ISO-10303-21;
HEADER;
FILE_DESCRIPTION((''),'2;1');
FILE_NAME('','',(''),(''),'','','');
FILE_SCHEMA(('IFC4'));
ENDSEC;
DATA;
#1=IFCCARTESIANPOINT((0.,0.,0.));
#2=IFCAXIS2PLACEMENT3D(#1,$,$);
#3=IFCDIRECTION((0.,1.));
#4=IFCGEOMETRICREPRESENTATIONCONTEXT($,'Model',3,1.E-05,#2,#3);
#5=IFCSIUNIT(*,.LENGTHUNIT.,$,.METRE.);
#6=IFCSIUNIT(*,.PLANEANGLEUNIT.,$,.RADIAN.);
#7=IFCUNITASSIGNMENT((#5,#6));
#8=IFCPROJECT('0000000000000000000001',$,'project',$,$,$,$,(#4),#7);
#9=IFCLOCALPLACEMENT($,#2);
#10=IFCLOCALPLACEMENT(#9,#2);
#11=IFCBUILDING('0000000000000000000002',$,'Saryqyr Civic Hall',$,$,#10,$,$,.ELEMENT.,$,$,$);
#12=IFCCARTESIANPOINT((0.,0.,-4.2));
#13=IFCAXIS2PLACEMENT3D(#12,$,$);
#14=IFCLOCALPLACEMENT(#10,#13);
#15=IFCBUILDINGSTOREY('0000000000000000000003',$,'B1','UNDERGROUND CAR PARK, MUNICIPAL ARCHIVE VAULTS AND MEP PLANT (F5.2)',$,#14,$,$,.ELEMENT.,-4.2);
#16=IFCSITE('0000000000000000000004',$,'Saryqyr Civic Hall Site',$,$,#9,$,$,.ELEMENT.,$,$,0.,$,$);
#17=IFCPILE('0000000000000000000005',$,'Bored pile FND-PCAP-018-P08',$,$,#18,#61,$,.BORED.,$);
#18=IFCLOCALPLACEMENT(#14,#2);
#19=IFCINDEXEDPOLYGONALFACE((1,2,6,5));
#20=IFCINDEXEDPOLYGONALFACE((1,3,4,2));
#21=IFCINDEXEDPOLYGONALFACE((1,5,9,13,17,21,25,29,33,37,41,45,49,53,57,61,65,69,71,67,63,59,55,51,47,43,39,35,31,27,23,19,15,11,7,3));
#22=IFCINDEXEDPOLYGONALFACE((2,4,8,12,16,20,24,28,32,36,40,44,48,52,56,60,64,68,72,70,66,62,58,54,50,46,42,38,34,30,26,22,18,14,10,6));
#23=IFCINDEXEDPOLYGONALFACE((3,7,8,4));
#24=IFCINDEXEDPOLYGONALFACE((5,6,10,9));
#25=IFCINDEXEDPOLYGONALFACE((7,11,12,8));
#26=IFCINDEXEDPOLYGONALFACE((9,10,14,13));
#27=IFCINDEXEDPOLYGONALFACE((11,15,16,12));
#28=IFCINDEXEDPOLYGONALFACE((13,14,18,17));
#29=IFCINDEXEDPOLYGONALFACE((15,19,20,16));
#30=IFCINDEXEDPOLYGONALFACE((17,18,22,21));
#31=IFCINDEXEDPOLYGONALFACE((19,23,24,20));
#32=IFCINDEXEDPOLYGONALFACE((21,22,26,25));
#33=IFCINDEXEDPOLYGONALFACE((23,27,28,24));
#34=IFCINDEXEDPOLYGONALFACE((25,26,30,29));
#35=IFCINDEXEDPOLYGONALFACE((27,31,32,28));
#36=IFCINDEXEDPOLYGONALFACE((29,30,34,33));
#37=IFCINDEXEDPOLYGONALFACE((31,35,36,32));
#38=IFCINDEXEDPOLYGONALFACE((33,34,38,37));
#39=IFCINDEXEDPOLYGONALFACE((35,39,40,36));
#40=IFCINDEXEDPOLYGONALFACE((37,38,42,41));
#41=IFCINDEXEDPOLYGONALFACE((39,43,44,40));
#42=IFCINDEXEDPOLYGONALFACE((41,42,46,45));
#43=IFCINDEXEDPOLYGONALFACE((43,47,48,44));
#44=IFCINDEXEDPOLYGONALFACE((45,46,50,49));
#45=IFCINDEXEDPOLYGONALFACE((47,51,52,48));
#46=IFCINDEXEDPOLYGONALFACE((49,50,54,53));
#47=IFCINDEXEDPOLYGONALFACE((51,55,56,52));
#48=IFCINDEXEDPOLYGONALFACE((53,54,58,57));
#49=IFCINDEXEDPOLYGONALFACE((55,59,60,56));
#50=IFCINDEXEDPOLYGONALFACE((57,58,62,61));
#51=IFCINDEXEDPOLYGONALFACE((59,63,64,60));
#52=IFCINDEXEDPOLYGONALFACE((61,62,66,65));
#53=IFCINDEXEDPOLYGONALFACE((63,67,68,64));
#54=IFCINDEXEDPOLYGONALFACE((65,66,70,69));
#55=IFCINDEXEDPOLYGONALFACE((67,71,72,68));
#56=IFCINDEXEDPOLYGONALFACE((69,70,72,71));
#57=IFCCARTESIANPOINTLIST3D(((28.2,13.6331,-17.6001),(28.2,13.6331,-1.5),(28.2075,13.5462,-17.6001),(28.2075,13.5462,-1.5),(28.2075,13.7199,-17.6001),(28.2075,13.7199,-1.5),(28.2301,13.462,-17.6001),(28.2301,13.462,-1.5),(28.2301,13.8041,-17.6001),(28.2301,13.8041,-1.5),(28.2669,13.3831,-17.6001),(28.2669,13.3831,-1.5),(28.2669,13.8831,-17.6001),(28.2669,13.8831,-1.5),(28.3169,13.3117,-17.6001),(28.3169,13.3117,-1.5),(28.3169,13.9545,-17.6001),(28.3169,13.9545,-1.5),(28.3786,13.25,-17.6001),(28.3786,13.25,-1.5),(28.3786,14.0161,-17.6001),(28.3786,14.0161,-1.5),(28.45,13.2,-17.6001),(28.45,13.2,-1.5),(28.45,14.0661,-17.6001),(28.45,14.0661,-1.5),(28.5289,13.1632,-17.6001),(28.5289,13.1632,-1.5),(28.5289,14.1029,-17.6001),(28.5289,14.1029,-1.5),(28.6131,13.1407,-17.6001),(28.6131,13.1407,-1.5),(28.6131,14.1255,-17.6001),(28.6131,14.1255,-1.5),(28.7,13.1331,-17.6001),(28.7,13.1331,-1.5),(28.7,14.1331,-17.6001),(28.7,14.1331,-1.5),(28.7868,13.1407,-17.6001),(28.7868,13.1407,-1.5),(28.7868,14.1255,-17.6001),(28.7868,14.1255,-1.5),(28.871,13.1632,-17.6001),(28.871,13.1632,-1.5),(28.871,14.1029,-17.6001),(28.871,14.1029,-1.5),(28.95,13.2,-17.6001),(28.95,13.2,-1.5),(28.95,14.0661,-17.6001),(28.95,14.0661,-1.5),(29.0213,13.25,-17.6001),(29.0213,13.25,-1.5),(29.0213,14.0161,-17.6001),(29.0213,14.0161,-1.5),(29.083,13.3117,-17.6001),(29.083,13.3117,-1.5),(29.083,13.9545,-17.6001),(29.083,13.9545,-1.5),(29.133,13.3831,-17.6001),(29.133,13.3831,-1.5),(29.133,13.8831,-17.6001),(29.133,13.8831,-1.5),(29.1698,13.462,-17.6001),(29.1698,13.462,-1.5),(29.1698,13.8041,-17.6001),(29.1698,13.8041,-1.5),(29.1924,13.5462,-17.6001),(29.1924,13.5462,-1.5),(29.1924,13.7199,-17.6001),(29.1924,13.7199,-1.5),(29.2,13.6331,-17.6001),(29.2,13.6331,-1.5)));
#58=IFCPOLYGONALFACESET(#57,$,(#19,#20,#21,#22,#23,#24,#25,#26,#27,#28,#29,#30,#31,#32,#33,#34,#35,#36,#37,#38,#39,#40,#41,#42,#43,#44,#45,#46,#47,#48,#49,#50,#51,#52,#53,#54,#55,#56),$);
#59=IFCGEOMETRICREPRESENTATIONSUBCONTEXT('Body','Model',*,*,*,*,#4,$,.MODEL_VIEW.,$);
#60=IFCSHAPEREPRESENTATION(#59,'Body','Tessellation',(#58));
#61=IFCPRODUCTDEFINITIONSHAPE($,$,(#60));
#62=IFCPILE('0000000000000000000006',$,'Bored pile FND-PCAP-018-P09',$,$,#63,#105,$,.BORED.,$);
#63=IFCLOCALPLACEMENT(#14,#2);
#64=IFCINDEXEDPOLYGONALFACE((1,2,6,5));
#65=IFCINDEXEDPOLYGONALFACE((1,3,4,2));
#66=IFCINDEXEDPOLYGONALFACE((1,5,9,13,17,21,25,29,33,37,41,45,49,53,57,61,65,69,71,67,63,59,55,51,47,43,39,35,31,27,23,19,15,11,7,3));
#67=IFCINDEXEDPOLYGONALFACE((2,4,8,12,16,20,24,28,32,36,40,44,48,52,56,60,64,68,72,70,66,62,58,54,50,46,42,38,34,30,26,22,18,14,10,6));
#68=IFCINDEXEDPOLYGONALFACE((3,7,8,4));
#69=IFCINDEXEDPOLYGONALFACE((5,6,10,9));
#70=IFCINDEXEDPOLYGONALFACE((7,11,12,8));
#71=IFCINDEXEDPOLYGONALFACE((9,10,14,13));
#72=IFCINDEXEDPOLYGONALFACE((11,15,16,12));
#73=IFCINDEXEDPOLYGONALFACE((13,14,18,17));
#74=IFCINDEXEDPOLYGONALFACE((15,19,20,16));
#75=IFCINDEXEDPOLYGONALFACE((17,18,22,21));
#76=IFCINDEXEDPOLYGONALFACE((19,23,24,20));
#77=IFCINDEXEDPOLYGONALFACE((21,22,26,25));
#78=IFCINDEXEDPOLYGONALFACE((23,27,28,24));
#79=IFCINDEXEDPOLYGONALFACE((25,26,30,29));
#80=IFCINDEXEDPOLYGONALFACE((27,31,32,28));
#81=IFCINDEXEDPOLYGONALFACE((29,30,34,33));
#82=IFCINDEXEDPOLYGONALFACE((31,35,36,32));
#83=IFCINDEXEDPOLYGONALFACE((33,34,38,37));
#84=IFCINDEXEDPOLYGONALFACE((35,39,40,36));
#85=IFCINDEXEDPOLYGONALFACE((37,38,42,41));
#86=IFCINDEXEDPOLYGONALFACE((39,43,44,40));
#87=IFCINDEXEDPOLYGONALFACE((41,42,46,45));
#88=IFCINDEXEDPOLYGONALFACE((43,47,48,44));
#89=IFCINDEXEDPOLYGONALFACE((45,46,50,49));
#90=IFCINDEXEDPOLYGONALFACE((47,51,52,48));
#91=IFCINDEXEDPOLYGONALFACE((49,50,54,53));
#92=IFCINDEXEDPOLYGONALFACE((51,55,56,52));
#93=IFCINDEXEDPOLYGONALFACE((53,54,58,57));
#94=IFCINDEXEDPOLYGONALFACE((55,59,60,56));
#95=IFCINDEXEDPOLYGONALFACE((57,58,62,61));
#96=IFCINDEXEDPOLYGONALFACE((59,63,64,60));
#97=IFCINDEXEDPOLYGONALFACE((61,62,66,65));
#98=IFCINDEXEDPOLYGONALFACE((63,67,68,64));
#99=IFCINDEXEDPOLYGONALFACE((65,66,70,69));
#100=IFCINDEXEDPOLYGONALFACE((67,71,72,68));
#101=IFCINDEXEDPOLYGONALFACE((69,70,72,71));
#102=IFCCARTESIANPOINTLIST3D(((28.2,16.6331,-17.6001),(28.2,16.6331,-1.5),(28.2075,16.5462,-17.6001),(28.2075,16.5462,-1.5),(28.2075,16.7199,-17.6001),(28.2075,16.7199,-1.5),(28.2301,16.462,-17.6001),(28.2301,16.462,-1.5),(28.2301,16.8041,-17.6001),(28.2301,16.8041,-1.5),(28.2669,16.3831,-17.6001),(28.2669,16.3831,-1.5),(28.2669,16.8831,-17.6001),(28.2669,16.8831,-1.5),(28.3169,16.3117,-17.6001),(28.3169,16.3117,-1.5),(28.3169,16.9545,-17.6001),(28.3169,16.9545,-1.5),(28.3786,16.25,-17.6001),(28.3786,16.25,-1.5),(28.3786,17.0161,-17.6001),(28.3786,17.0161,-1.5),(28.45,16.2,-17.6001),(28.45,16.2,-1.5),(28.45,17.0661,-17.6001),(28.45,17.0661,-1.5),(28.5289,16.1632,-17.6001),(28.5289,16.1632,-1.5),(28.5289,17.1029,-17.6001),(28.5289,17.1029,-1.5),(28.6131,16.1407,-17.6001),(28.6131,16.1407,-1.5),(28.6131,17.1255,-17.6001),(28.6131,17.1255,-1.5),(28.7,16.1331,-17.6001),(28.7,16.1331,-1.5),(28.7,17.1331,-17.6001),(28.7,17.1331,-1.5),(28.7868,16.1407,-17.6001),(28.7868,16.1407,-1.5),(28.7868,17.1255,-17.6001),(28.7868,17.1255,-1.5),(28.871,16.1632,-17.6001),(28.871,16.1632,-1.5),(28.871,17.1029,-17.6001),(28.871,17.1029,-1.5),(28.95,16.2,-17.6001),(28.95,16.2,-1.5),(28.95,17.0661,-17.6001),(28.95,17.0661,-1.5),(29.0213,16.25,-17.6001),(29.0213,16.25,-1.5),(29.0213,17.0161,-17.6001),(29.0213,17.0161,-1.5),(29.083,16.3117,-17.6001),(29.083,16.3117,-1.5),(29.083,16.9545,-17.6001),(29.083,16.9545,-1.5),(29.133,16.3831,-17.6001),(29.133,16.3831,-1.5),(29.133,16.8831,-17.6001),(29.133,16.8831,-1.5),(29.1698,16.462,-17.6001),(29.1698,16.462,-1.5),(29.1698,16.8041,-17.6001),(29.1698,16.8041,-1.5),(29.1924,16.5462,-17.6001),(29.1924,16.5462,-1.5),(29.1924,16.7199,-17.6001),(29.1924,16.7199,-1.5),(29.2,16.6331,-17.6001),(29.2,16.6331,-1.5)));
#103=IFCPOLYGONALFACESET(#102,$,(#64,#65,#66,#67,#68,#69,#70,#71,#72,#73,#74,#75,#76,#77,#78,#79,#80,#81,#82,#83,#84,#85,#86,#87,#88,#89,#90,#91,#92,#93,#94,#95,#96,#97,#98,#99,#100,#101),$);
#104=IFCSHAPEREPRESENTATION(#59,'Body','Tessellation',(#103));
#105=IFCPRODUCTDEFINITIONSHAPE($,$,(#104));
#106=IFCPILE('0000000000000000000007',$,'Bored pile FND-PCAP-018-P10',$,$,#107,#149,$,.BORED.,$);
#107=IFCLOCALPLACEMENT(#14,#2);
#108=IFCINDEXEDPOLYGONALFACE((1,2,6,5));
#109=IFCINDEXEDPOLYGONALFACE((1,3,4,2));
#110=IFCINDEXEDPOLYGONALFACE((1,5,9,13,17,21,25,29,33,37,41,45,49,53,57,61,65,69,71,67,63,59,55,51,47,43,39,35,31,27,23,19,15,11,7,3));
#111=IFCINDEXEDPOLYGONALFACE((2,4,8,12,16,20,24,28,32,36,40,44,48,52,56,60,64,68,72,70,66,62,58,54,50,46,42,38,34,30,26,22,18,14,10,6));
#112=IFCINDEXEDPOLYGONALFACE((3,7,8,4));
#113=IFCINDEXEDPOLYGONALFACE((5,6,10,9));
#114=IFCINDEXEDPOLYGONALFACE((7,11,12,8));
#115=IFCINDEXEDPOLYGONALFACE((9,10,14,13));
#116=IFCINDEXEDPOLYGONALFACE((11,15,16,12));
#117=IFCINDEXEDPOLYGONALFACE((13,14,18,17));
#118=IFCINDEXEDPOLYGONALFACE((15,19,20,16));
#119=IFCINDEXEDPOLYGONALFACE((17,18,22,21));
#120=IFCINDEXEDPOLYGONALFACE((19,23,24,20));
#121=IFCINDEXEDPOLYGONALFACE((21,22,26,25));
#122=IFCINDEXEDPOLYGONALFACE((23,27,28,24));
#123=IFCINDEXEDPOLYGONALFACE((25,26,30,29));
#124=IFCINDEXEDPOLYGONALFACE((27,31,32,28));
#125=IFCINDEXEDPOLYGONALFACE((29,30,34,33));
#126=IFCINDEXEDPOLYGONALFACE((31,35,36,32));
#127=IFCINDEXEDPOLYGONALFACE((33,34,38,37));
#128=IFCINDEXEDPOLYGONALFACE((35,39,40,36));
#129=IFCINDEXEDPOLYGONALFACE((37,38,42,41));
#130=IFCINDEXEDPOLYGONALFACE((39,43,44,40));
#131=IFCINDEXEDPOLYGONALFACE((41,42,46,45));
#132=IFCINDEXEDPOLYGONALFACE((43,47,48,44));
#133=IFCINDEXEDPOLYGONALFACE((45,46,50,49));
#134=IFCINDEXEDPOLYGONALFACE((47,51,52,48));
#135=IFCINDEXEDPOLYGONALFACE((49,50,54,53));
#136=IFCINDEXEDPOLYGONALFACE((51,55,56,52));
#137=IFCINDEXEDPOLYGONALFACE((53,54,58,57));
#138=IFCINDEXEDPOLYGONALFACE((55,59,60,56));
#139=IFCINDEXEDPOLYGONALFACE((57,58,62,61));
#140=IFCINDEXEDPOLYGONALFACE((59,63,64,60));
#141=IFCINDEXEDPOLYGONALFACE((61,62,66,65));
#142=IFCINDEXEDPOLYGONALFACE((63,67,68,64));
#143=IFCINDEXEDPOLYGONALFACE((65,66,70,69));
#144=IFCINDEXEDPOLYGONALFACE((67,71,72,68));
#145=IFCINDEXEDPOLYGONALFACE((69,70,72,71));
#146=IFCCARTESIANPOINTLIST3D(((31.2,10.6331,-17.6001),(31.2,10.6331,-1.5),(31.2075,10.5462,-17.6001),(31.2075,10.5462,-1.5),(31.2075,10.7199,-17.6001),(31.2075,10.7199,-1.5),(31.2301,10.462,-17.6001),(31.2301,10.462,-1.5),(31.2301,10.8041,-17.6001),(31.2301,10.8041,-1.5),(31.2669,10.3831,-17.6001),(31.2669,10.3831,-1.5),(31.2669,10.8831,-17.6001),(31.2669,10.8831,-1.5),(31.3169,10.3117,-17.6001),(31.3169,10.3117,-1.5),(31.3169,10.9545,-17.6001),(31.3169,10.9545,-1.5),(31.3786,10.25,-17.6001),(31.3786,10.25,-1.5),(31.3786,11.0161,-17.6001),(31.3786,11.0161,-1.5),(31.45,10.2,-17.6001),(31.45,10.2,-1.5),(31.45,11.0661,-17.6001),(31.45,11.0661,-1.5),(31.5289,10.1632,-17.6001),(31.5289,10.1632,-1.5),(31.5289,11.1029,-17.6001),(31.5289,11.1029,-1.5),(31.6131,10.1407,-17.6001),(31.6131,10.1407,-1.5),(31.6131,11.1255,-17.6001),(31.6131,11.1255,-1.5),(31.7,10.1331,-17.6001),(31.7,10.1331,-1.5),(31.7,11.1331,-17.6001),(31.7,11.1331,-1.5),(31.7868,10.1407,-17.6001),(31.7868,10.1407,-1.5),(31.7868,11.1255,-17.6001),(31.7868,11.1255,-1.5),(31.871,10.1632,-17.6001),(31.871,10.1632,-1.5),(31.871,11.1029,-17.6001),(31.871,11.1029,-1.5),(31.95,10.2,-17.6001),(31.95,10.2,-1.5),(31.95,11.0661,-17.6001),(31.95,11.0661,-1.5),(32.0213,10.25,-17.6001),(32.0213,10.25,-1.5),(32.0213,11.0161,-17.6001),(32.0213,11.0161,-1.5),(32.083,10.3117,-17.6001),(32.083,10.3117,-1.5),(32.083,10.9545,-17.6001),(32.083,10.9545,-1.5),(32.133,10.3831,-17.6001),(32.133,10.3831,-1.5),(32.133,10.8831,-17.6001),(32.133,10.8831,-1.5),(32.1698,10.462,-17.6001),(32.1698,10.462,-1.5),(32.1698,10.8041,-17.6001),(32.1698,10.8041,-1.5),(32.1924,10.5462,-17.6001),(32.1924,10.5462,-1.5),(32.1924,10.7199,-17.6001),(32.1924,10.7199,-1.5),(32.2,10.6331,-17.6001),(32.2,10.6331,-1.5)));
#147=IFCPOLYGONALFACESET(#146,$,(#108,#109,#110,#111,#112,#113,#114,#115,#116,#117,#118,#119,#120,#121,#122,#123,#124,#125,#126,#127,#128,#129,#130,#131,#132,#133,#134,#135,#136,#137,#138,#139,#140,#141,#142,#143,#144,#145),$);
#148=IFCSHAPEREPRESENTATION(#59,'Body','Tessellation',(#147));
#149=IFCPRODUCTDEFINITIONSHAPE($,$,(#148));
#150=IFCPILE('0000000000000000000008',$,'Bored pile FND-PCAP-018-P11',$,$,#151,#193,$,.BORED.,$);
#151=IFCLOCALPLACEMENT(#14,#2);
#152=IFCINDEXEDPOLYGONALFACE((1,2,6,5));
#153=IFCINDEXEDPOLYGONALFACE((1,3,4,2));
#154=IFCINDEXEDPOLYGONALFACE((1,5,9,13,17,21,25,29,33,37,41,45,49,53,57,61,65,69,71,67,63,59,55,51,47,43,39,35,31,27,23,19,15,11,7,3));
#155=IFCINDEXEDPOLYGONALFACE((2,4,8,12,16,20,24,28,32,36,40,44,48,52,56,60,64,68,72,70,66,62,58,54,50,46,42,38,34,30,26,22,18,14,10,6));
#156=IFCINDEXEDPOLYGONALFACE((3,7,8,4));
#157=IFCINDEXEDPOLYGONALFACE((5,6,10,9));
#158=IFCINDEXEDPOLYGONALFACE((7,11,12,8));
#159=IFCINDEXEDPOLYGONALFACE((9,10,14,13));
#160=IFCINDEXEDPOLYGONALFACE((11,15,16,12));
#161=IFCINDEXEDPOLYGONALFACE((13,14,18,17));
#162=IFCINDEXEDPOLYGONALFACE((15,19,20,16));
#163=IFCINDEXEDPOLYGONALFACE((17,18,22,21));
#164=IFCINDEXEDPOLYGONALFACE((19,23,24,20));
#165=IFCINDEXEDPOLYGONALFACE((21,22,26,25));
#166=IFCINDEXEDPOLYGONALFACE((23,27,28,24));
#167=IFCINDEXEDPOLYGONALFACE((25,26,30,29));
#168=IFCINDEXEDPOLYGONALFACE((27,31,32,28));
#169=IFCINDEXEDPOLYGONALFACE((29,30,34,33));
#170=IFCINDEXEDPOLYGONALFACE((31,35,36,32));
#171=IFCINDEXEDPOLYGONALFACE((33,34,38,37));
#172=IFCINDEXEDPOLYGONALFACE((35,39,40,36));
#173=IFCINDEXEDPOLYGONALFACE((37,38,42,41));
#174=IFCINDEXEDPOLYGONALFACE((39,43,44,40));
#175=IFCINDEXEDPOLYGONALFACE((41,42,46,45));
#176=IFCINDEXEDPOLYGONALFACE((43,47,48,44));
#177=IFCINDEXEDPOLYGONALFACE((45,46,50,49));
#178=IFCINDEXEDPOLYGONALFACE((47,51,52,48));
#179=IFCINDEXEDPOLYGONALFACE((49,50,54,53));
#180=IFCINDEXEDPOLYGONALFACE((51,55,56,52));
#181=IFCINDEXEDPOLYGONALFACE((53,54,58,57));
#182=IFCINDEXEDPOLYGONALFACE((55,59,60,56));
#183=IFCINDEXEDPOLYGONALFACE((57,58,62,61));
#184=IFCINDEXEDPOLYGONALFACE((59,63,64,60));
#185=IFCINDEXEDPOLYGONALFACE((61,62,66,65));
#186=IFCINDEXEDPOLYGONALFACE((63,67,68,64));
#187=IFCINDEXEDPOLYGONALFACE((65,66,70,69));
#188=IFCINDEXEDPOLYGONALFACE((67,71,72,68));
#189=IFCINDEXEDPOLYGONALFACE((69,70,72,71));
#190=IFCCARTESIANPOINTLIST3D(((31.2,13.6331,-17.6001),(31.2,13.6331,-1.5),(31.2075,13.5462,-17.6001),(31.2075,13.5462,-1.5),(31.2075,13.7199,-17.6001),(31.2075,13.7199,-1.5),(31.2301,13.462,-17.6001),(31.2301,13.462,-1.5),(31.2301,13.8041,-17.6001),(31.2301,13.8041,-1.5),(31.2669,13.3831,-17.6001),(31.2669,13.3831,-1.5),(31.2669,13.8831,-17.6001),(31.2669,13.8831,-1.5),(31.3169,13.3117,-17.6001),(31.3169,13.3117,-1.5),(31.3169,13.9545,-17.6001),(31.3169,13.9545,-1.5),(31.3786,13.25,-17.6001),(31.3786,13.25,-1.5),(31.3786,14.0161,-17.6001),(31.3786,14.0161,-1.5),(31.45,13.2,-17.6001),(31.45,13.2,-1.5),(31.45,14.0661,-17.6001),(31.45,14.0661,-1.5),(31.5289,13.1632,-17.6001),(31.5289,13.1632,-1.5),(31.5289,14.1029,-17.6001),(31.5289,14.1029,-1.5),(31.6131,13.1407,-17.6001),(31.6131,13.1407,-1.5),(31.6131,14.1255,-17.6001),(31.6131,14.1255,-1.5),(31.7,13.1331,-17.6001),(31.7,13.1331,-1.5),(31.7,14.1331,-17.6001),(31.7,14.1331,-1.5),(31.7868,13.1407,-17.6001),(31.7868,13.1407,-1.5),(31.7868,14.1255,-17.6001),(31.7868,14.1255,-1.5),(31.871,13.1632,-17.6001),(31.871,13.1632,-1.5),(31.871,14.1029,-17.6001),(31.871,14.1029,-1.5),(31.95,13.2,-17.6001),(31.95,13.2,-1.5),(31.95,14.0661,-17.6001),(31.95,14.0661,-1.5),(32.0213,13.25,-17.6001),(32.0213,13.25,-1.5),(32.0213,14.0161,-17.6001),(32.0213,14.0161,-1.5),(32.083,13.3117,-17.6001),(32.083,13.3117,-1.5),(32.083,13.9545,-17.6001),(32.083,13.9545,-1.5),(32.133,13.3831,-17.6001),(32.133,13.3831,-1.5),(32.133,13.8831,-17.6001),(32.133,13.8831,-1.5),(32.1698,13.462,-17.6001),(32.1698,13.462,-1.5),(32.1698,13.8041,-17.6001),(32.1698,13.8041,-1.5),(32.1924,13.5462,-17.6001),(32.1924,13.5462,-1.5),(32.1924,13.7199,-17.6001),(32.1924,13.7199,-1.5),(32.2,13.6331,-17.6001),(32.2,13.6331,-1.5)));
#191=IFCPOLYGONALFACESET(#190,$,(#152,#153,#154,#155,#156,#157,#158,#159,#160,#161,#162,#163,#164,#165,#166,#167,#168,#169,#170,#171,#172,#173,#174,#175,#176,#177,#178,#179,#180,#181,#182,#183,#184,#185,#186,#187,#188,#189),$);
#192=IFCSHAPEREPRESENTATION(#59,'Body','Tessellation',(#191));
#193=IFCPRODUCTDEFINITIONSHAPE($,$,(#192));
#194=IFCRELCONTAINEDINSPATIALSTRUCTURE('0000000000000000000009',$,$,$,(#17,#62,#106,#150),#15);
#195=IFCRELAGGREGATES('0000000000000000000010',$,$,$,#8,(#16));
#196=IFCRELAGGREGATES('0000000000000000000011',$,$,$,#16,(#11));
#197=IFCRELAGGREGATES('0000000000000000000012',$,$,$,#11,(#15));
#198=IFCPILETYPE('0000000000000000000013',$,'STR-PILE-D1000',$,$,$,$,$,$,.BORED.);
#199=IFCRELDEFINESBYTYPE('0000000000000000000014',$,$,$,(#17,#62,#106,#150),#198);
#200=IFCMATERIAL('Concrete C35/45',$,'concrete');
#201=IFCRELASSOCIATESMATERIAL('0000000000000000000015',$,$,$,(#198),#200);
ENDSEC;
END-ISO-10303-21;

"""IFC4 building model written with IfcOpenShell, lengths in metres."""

from ifc_helpers import new_model, si_unit, direction, frame, origin, origin_2d, place, context, subcontext, project, spatial, circle, extrude, material, material_profile, profile_set, type_object, element, save


model = new_model("IFC4")

# Units and contexts
model_context = context("Model", 3, precision=1e-05, world=origin(), true_north=direction((0.0, 1.0)))
body_context = subcontext(model_context, "Body", "Model", "MODEL_VIEW")
ifc_project = project(units=[si_unit("LENGTHUNIT", "METRE"), si_unit("PLANEANGLEUNIT", "RADIAN")], contexts=[model_context])

# Site, building, storey
site_placement = place(None, origin())
site = spatial("IfcSite", under=ifc_project, at=site_placement, Name="Saryqyr Civic Hall Site", CompositionType="ELEMENT", RefElevation=0.0)
building_placement = place(site_placement, origin())
building = spatial("IfcBuilding", under=site, at=building_placement, Name="Saryqyr Civic Hall", CompositionType="ELEMENT")
storey_placement = place(building_placement, frame((0.0, 0.0, -4.2)))
storey = spatial("IfcBuildingStorey", under=building, at=storey_placement, Name="B1", Description="UNDERGROUND CAR PARK, MUNICIPAL ARCHIVE VAULTS AND MEP PLANT (F5.2)", CompositionType="ELEMENT", Elevation=-4.2)

# Shared definitions
ifc_material_1 = material(Name="Concrete C35/45", Category="concrete")

# Piles
ifc_material_profile_1 = material_profile(ifc_material_1, circle(Radius=0.5, at=origin_2d()), Name="BORED PILE D1000")
ifc_profile_set_1 = profile_set([ifc_material_profile_1], Name="Concrete C35/45")
pile_type_1 = type_object("IfcPileType", Name="STR-PILE-D1000", PredefinedType="BORED", material=ifc_profile_set_1)
for number, where, z_axis, x_axis, name in (
    (1, (28.7, 13.6331, -1.5), (0.0, 0.0, -1.0), (1.0, 0.0, 0.0), "Bored pile FND-PCAP-018-P08"),
    (2, (28.7, 16.6331, -1.5), (0.0, 0.0, -1.0), (1.0, 0.0, 0.0), "Bored pile FND-PCAP-018-P09"),
    (3, (31.7, 10.6331, -1.5), (0.0, 0.0, -1.0), (1.0, 0.0, 0.0), "Bored pile FND-PCAP-018-P10"),
    (4, (31.7, 13.6331, -1.5), (0.0, 0.0, -1.0), (1.0, 0.0, 0.0), "Bored pile FND-PCAP-018-P11"),
):
    element("IfcPile", number, at=place(storey_placement, frame(where, z_axis=z_axis, x_axis=x_axis)), inside=storey, type_object=pile_type_1, Name=name, PredefinedType="BORED", context=body_context, shape_type="SweptSolid", body=[
        extrude(circle(Radius=0.5, at=origin_2d()), origin(), (0.0, 0.0, 1.0), 16.1001),
    ])

save(model, "model.ifc")
